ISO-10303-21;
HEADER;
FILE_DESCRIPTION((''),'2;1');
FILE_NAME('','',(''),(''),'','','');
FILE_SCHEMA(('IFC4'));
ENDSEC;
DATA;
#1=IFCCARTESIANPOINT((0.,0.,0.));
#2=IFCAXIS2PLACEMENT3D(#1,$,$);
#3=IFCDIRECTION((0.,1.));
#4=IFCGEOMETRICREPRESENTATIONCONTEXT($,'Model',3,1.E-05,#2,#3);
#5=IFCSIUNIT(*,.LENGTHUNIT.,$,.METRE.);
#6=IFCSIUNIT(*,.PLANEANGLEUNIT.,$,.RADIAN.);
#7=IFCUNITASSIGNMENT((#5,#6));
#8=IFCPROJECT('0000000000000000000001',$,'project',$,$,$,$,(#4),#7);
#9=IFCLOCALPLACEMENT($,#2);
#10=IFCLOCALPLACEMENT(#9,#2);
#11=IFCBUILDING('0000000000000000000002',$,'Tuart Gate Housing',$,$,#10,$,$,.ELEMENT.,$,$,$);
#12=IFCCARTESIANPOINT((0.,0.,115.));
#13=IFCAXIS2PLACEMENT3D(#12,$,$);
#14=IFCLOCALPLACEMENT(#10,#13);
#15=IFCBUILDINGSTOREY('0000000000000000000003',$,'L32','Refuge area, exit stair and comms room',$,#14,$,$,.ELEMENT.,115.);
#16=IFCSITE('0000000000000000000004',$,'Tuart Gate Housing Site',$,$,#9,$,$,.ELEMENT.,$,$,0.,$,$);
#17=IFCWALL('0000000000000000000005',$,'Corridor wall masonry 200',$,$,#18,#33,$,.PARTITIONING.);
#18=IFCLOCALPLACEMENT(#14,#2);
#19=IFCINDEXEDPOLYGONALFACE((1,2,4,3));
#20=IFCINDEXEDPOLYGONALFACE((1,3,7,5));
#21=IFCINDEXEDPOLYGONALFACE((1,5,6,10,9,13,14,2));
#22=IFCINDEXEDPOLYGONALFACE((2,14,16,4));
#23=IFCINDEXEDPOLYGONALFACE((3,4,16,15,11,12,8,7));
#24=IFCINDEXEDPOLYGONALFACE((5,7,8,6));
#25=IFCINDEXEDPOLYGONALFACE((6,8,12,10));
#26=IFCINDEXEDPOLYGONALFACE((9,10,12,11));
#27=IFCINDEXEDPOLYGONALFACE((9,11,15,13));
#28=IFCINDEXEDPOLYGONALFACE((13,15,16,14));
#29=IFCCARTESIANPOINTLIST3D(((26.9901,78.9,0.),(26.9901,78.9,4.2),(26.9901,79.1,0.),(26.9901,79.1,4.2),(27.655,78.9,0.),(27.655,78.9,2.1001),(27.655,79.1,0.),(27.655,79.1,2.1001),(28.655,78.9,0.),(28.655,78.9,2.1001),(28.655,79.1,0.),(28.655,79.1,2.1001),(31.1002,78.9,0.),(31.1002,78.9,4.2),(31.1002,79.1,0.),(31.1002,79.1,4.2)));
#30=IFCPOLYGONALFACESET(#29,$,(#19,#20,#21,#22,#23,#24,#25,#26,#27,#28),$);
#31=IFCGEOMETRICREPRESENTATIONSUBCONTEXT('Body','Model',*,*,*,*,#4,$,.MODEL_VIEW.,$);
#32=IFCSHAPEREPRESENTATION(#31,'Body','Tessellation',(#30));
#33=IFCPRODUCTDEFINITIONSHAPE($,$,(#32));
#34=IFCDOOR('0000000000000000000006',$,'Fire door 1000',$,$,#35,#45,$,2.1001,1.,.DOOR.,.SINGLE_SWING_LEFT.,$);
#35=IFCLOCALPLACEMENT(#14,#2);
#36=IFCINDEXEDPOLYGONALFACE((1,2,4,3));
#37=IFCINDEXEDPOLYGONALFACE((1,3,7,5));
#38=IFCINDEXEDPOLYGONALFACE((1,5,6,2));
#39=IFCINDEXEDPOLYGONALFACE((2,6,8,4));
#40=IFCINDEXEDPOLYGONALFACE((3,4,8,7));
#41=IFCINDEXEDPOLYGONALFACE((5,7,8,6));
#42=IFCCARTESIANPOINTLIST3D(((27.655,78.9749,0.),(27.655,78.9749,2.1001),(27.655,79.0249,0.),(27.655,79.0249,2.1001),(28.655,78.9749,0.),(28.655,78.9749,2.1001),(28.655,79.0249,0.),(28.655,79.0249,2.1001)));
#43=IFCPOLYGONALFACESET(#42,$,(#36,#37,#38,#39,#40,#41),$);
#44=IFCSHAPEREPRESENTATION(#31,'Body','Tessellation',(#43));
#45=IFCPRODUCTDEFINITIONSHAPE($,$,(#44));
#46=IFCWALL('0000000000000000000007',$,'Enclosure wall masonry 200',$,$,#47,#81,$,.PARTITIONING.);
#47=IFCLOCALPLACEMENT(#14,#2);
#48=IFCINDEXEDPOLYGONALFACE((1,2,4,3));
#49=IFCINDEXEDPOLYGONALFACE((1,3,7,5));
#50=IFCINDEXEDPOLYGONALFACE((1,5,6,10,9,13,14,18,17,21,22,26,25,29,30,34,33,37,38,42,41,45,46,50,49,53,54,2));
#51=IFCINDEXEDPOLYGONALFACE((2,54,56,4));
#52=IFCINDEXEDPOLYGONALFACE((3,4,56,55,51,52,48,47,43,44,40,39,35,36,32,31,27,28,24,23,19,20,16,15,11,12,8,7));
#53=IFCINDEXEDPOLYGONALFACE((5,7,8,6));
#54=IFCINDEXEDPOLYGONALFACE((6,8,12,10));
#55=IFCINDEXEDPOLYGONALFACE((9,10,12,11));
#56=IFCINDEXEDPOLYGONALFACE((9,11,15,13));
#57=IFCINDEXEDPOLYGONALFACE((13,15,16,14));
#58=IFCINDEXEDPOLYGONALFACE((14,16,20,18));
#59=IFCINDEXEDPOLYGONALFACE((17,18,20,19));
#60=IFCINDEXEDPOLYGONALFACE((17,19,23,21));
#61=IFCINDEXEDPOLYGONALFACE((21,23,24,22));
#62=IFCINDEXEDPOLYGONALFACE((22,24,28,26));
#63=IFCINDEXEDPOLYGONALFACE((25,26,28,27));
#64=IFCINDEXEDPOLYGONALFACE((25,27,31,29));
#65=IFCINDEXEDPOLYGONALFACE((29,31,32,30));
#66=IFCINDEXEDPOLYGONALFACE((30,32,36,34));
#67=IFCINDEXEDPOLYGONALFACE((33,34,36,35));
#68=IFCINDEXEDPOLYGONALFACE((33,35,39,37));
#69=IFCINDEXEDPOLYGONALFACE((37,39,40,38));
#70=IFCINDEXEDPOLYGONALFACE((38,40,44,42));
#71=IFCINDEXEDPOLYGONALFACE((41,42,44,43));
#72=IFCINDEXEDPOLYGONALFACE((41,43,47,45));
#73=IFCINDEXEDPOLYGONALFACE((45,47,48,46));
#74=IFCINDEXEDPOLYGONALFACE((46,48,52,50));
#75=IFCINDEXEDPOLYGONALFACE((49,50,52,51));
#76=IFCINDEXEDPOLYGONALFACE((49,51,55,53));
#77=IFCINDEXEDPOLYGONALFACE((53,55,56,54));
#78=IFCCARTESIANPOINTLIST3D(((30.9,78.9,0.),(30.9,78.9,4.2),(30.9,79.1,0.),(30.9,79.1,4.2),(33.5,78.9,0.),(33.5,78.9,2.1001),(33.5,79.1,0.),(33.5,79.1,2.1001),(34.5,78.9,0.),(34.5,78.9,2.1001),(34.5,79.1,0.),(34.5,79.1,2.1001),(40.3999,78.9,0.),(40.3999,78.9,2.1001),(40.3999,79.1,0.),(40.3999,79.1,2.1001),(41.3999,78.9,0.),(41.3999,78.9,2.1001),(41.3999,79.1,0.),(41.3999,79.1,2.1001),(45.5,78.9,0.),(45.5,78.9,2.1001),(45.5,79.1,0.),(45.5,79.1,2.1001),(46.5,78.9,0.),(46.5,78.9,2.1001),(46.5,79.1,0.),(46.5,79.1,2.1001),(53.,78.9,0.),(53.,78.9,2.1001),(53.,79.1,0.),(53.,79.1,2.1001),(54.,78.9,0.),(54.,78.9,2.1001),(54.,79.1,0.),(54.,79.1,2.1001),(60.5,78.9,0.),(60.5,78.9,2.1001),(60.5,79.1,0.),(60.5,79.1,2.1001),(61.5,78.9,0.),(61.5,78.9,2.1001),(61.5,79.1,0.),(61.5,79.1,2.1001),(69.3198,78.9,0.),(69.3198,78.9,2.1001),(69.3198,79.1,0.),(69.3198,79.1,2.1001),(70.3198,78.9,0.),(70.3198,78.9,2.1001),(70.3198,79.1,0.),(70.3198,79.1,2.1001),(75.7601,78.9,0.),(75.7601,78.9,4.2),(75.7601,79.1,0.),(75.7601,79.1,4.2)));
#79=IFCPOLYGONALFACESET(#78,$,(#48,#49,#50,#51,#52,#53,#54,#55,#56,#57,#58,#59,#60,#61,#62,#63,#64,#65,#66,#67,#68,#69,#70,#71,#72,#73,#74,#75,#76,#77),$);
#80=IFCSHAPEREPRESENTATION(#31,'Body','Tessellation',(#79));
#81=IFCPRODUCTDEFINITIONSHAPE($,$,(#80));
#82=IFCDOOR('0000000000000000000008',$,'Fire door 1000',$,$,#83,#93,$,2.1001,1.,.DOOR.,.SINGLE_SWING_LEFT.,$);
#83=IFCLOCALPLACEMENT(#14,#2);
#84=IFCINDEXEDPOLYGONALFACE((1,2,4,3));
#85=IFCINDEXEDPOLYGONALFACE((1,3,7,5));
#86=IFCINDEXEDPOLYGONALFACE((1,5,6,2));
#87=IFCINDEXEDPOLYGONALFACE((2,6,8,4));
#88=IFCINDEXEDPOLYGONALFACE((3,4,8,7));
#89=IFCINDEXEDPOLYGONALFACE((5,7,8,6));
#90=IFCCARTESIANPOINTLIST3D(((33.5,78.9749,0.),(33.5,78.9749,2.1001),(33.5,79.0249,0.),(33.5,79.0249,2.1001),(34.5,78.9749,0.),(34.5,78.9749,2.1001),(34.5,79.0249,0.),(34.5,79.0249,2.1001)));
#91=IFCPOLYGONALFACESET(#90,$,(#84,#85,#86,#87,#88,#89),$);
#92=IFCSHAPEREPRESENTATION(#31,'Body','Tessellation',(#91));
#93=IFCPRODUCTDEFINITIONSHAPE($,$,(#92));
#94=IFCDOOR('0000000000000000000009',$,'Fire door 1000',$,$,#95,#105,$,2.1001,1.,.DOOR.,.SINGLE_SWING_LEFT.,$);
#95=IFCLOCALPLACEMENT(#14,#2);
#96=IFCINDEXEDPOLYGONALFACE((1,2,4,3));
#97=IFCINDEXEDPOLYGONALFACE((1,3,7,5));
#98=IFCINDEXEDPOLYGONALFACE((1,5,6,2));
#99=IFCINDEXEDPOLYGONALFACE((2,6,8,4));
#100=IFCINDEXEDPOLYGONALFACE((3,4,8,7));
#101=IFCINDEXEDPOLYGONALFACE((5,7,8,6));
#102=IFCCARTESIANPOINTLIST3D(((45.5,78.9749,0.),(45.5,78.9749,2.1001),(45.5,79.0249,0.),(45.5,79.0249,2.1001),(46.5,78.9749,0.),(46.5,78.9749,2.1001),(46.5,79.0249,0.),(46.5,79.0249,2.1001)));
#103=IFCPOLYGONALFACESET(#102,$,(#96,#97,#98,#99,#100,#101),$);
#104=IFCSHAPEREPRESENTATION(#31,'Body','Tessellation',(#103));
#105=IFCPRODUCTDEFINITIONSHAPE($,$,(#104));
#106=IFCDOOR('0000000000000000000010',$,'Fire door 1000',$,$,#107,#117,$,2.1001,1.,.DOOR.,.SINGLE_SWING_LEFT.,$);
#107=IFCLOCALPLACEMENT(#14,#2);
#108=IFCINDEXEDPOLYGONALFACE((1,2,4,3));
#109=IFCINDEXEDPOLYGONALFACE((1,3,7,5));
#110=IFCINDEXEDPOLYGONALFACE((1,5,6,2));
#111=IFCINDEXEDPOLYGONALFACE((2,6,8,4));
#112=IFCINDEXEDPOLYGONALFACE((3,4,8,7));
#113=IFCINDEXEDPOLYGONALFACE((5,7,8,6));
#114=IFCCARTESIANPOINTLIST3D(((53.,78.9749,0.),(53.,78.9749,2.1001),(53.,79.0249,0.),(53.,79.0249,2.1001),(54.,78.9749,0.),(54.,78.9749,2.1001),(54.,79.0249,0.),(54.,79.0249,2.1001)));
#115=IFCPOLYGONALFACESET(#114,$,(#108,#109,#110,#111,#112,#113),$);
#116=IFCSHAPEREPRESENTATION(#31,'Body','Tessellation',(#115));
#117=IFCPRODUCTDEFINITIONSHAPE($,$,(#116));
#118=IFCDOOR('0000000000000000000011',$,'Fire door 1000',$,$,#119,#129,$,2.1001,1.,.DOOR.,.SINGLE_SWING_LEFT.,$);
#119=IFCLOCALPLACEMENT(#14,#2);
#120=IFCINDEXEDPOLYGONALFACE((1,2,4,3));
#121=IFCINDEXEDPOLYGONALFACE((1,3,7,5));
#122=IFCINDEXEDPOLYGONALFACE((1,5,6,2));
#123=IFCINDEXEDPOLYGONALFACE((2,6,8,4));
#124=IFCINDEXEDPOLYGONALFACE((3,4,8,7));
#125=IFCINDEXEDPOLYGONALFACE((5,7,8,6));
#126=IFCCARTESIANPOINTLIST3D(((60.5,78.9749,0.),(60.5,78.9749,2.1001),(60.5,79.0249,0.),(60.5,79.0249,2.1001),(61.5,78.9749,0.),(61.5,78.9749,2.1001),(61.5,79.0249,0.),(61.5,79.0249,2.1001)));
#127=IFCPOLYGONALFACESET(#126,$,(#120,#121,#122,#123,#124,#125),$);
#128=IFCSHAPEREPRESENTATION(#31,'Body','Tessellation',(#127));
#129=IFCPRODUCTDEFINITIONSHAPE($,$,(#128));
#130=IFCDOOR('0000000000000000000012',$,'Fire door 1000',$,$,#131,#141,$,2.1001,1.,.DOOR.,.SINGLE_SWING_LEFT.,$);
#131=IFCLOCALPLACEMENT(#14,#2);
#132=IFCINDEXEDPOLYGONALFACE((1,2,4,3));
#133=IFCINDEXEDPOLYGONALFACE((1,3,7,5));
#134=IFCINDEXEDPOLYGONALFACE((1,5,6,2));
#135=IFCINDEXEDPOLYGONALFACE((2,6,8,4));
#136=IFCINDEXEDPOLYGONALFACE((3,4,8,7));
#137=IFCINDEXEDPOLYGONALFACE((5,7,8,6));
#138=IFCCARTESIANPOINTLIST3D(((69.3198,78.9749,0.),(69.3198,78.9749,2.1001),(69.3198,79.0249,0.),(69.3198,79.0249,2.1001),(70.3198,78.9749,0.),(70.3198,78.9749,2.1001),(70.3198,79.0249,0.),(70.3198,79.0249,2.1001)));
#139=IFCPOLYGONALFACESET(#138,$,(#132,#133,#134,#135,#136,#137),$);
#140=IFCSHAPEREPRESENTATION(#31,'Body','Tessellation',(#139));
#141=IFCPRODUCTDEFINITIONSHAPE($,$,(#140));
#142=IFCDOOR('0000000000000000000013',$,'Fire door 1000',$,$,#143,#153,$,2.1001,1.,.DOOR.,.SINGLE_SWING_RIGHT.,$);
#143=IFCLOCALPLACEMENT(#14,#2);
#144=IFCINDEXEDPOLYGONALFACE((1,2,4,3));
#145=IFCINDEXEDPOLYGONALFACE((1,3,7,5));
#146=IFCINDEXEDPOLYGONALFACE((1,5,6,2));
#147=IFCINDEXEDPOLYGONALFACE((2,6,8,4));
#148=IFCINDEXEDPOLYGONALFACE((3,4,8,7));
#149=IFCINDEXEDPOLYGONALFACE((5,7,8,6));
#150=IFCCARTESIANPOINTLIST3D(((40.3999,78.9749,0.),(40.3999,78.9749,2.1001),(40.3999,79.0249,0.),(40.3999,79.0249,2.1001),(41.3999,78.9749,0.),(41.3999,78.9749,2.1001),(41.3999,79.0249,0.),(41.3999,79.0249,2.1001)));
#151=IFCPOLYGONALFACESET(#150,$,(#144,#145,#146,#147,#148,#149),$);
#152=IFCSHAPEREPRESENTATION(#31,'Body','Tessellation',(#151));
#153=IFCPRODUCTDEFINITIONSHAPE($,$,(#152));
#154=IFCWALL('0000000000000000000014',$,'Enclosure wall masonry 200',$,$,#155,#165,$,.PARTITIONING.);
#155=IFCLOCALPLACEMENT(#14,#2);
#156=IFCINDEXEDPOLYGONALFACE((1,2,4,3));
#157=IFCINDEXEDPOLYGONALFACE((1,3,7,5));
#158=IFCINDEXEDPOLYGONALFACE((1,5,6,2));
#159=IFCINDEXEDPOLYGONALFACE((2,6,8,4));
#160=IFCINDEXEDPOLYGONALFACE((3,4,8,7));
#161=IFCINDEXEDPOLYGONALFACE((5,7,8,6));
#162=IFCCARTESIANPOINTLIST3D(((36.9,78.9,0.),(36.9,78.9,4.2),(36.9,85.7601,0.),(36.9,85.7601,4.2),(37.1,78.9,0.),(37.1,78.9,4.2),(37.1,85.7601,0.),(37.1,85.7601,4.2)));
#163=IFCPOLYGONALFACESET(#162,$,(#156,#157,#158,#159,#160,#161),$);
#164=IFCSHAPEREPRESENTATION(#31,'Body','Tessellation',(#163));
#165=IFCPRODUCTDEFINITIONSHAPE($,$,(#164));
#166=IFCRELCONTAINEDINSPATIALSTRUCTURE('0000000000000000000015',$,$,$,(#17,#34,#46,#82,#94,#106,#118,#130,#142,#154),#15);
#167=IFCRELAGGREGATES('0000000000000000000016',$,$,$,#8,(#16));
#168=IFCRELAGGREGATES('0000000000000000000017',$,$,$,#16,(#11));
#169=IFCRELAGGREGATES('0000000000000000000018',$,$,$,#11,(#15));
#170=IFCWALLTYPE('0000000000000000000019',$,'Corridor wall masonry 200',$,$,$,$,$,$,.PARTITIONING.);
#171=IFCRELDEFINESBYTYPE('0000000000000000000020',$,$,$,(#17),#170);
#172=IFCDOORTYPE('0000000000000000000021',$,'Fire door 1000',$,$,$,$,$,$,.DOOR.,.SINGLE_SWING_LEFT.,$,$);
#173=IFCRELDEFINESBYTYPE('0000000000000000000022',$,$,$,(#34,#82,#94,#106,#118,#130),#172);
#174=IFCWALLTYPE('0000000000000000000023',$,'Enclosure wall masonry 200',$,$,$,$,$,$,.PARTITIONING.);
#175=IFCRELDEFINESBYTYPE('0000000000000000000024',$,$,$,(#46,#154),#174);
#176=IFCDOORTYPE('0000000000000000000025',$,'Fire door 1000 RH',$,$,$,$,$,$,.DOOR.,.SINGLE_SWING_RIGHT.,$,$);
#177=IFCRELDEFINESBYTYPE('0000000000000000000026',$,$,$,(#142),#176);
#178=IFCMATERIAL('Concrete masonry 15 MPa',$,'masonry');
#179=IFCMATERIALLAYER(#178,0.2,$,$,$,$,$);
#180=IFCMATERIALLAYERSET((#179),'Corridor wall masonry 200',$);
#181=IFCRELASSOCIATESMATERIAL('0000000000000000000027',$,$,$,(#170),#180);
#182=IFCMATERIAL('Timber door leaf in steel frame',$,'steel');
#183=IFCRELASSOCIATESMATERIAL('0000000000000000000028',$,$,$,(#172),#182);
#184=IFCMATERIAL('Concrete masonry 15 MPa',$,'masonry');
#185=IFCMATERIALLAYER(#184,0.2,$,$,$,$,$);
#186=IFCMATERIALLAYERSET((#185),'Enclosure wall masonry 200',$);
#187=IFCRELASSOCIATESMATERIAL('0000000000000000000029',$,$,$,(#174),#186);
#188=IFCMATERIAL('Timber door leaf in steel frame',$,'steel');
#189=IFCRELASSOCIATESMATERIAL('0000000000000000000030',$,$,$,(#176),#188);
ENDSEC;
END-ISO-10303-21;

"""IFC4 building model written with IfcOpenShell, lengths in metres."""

from ifc_helpers import new_model, si_unit, direction, frame, frame_2d, origin, place, context, subcontext, project, spatial, rectangle, extrude, material, layer, layer_set, type_object, element, fill, save


model = new_model("IFC4")

# Units and contexts
model_context = context("Model", 3, precision=1e-05, world=origin(), true_north=direction((0.0, 1.0)))
body_context = subcontext(model_context, "Body", "Model", "MODEL_VIEW")
ifc_project = project(units=[si_unit("LENGTHUNIT", "METRE"), si_unit("PLANEANGLEUNIT", "RADIAN")], contexts=[model_context])

# Site, building, storey
site_placement = place(None, origin())
site = spatial("IfcSite", under=ifc_project, at=site_placement, Name="Tuart Gate Housing Site", CompositionType="ELEMENT", RefElevation=0.0)
building_placement = place(site_placement, origin())
building = spatial("IfcBuilding", under=site, at=building_placement, Name="Tuart Gate Housing", CompositionType="ELEMENT")
storey_placement = place(building_placement, frame((0.0, 0.0, 115.0)))
storey = spatial("IfcBuildingStorey", under=building, at=storey_placement, Name="L32", Description="Refuge area, exit stair and comms room", CompositionType="ELEMENT", Elevation=115.0)

# Wall, opening, door
ifc_material_1 = material(Name="Concrete masonry 15 MPa", Category="masonry")
ifc_layer_1 = layer(ifc_material_1, 0.2)
ifc_layer_set_1 = layer_set([ifc_layer_1], Name="Corridor wall masonry 200")
wall_type_1 = type_object("IfcWallType", Name="Corridor wall masonry 200", PredefinedType="PARTITIONING", material=ifc_layer_set_1)
wall_1_placement = place(storey_placement, frame((26.99, 79.0, 0.0), z_axis=(0.0, 0.0, 1.0), x_axis=(1.0, 0.0, 0.0)))
wall_1 = element("IfcWall", 1, at=wall_1_placement, inside=storey, type_object=wall_type_1, Name="Corridor wall masonry 200", PredefinedType="PARTITIONING", context=body_context, shape_type="SweptSolid", body=[
    extrude(rectangle(XDim=4.1101, YDim=0.2, at=frame_2d((2.0552, 0.0))), origin(), (0.0, 0.0, 1.0), 4.2),
])
opening_1_placement = place(wall_1_placement, frame((0.665, 0.0, 0.0)))
opening_1 = element("IfcOpeningElement", 2, at=opening_1_placement, cuts=wall_1, PredefinedType="OPENING", context=body_context, shape_type="SweptSolid", body=[
    extrude(rectangle(XDim=1.0, YDim=2.1001, at=frame_2d((0.5, 1.05))), frame((0.0, 0.1099, 0.0), z_axis=(0.0, -1.0, 0.0), x_axis=(1.0, 0.0, 0.0)), (0.0, 0.0, 1.0), 0.22),
])
ifc_material_2 = material(Name="Timber door leaf in steel frame", Category="steel")
door_type_1 = type_object("IfcDoorType", Name="Fire door 1000", OperationType="SINGLE_SWING_LEFT", PredefinedType="DOOR", material=ifc_material_2)
door_1_placement = place(opening_1_placement, origin())
door_1 = element("IfcDoor", 3, at=door_1_placement, inside=storey, type_object=door_type_1, Name="Fire door 1000", OperationType="SINGLE_SWING_LEFT", OverallHeight=2.1001, OverallWidth=1.0, PredefinedType="DOOR", context=body_context, shape_type="SweptSolid", body=[
    extrude(rectangle(XDim=1.0, YDim=2.1001, at=frame_2d((0.5, 1.05))), frame((0.0, 0.0249, 0.0), z_axis=(0.0, -1.0, 0.0), x_axis=(1.0, 0.0, 0.0)), (0.0, 0.0, 1.0), 0.05),
])
fill(opening_1, door_1)

# Wall, openings, doors
ifc_material_3 = material(Name="Concrete masonry 15 MPa", Category="masonry")
ifc_layer_2 = layer(ifc_material_3, 0.2)
ifc_layer_set_2 = layer_set([ifc_layer_2], Name="Enclosure wall masonry 200")
wall_type_2 = type_object("IfcWallType", Name="Enclosure wall masonry 200", PredefinedType="PARTITIONING", material=ifc_layer_set_2)
wall_2_placement = place(storey_placement, frame((30.8999, 79.0, 0.0), z_axis=(0.0, 0.0, 1.0), x_axis=(1.0, 0.0, 0.0)))
wall_2 = element("IfcWall", 4, at=wall_2_placement, inside=storey, type_object=wall_type_2, Name="Enclosure wall masonry 200", PredefinedType="PARTITIONING", context=body_context, shape_type="SweptSolid", body=[
    extrude(rectangle(XDim=44.8601, YDim=0.2, at=frame_2d((22.4302, 0.0))), origin(), (0.0, 0.0, 1.0), 4.2),
])
opening_2_placement = place(wall_2_placement, frame((2.6001, 0.0, 0.0)))
opening_2 = element("IfcOpeningElement", 5, at=opening_2_placement, cuts=wall_2, PredefinedType="OPENING", context=body_context, shape_type="SweptSolid", body=[
    extrude(rectangle(XDim=1.0, YDim=2.1001, at=frame_2d((0.5, 1.05))), frame((0.0, 0.1099, 0.0), z_axis=(0.0, -1.0, 0.0), x_axis=(1.0, 0.0, 0.0)), (0.0, 0.0, 1.0), 0.22),
])
opening_3_placement = place(wall_2_placement, frame((9.5, 0.0, 0.0)))
opening_3 = element("IfcOpeningElement", 6, at=opening_3_placement, cuts=wall_2, PredefinedType="OPENING", context=body_context, shape_type="SweptSolid", body=[
    extrude(rectangle(XDim=1.0, YDim=2.1001, at=frame_2d((0.5, 1.05))), frame((0.0, 0.1099, 0.0), z_axis=(0.0, -1.0, 0.0), x_axis=(1.0, 0.0, 0.0)), (0.0, 0.0, 1.0), 0.22),
])
opening_4_placement = place(wall_2_placement, frame((14.6001, 0.0, 0.0)))
opening_4 = element("IfcOpeningElement", 7, at=opening_4_placement, cuts=wall_2, PredefinedType="OPENING", context=body_context, shape_type="SweptSolid", body=[
    extrude(rectangle(XDim=1.0, YDim=2.1001, at=frame_2d((0.5, 1.05))), frame((0.0, 0.1099, 0.0), z_axis=(0.0, -1.0, 0.0), x_axis=(1.0, 0.0, 0.0)), (0.0, 0.0, 1.0), 0.22),
])
opening_5_placement = place(wall_2_placement, frame((22.1001, 0.0, 0.0)))
opening_5 = element("IfcOpeningElement", 8, at=opening_5_placement, cuts=wall_2, PredefinedType="OPENING", context=body_context, shape_type="SweptSolid", body=[
    extrude(rectangle(XDim=1.0, YDim=2.1001, at=frame_2d((0.5, 1.05))), frame((0.0, 0.1099, 0.0), z_axis=(0.0, -1.0, 0.0), x_axis=(1.0, 0.0, 0.0)), (0.0, 0.0, 1.0), 0.22),
])
opening_6_placement = place(wall_2_placement, frame((29.6001, 0.0, 0.0)))
opening_6 = element("IfcOpeningElement", 9, at=opening_6_placement, cuts=wall_2, PredefinedType="OPENING", context=body_context, shape_type="SweptSolid", body=[
    extrude(rectangle(XDim=1.0, YDim=2.1001, at=frame_2d((0.5, 1.05))), frame((0.0, 0.1099, 0.0), z_axis=(0.0, -1.0, 0.0), x_axis=(1.0, 0.0, 0.0)), (0.0, 0.0, 1.0), 0.22),
])
opening_7_placement = place(wall_2_placement, frame((38.4199, 0.0, 0.0)))
opening_7 = element("IfcOpeningElement", 10, at=opening_7_placement, cuts=wall_2, PredefinedType="OPENING", context=body_context, shape_type="SweptSolid", body=[
    extrude(rectangle(XDim=1.0, YDim=2.1001, at=frame_2d((0.5, 1.05))), frame((0.0, 0.1099, 0.0), z_axis=(0.0, -1.0, 0.0), x_axis=(1.0, 0.0, 0.0)), (0.0, 0.0, 1.0), 0.22),
])
door_2_placement = place(opening_2_placement, origin())
door_2 = element("IfcDoor", 11, at=door_2_placement, inside=storey, type_object=door_type_1, Name="Fire door 1000", OperationType="SINGLE_SWING_LEFT", OverallHeight=2.1001, OverallWidth=1.0, PredefinedType="DOOR", context=body_context, shape_type="SweptSolid", body=[
    extrude(rectangle(XDim=1.0, YDim=2.1001, at=frame_2d((0.5, 1.05))), frame((0.0, 0.0249, 0.0), z_axis=(0.0, -1.0, 0.0), x_axis=(1.0, 0.0, 0.0)), (0.0, 0.0, 1.0), 0.05),
])
fill(opening_2, door_2)
door_3_placement = place(opening_4_placement, origin())
door_3 = element("IfcDoor", 12, at=door_3_placement, inside=storey, type_object=door_type_1, Name="Fire door 1000", OperationType="SINGLE_SWING_LEFT", OverallHeight=2.1001, OverallWidth=1.0, PredefinedType="DOOR", context=body_context, shape_type="SweptSolid", body=[
    extrude(rectangle(XDim=1.0, YDim=2.1001, at=frame_2d((0.5, 1.05))), frame((0.0, 0.0249, 0.0), z_axis=(0.0, -1.0, 0.0), x_axis=(1.0, 0.0, 0.0)), (0.0, 0.0, 1.0), 0.05),
])
fill(opening_4, door_3)
door_4_placement = place(opening_5_placement, origin())
door_4 = element("IfcDoor", 13, at=door_4_placement, inside=storey, type_object=door_type_1, Name="Fire door 1000", OperationType="SINGLE_SWING_LEFT", OverallHeight=2.1001, OverallWidth=1.0, PredefinedType="DOOR", context=body_context, shape_type="SweptSolid", body=[
    extrude(rectangle(XDim=1.0, YDim=2.1001, at=frame_2d((0.5, 1.05))), frame((0.0, 0.0249, 0.0), z_axis=(0.0, -1.0, 0.0), x_axis=(1.0, 0.0, 0.0)), (0.0, 0.0, 1.0), 0.05),
])
fill(opening_5, door_4)
door_5_placement = place(opening_6_placement, origin())
door_5 = element("IfcDoor", 14, at=door_5_placement, inside=storey, type_object=door_type_1, Name="Fire door 1000", OperationType="SINGLE_SWING_LEFT", OverallHeight=2.1001, OverallWidth=1.0, PredefinedType="DOOR", context=body_context, shape_type="SweptSolid", body=[
    extrude(rectangle(XDim=1.0, YDim=2.1001, at=frame_2d((0.5, 1.05))), frame((0.0, 0.0249, 0.0), z_axis=(0.0, -1.0, 0.0), x_axis=(1.0, 0.0, 0.0)), (0.0, 0.0, 1.0), 0.05),
])
fill(opening_6, door_5)
door_6_placement = place(opening_7_placement, origin())
door_6 = element("IfcDoor", 15, at=door_6_placement, inside=storey, type_object=door_type_1, Name="Fire door 1000", OperationType="SINGLE_SWING_LEFT", OverallHeight=2.1001, OverallWidth=1.0, PredefinedType="DOOR", context=body_context, shape_type="SweptSolid", body=[
    extrude(rectangle(XDim=1.0, YDim=2.1001, at=frame_2d((0.5, 1.05))), frame((0.0, 0.0249, 0.0), z_axis=(0.0, -1.0, 0.0), x_axis=(1.0, 0.0, 0.0)), (0.0, 0.0, 1.0), 0.05),
])
fill(opening_7, door_6)
ifc_material_4 = material(Name="Timber door leaf in steel frame", Category="steel")
door_type_2 = type_object("IfcDoorType", Name="Fire door 1000 RH", OperationType="SINGLE_SWING_RIGHT", PredefinedType="DOOR", material=ifc_material_4)
door_7_placement = place(opening_3_placement, origin())
door_7 = element("IfcDoor", 16, at=door_7_placement, inside=storey, type_object=door_type_2, Name="Fire door 1000", OperationType="SINGLE_SWING_RIGHT", OverallHeight=2.1001, OverallWidth=1.0, PredefinedType="DOOR", context=body_context, shape_type="SweptSolid", body=[
    extrude(rectangle(XDim=1.0, YDim=2.1001, at=frame_2d((0.5, 1.05))), frame((0.0, 0.0249, 0.0), z_axis=(0.0, -1.0, 0.0), x_axis=(1.0, 0.0, 0.0)), (0.0, 0.0, 1.0), 0.05),
])
fill(opening_3, door_7)

# Wall
wall_3_placement = place(storey_placement, frame((37.0, 78.8999, 0.0), z_axis=(0.0, 0.0, 1.0), x_axis=(0.0, 1.0, 0.0)))
element("IfcWall", 17, at=wall_3_placement, inside=storey, type_object=wall_type_2, Name="Enclosure wall masonry 200", PredefinedType="PARTITIONING", context=body_context, shape_type="SweptSolid", body=[
    extrude(rectangle(XDim=6.8601, YDim=0.2, at=frame_2d((3.4302, 0.0))), origin(), (0.0, 0.0, 1.0), 4.2),
])

save(model, "model.ifc")
